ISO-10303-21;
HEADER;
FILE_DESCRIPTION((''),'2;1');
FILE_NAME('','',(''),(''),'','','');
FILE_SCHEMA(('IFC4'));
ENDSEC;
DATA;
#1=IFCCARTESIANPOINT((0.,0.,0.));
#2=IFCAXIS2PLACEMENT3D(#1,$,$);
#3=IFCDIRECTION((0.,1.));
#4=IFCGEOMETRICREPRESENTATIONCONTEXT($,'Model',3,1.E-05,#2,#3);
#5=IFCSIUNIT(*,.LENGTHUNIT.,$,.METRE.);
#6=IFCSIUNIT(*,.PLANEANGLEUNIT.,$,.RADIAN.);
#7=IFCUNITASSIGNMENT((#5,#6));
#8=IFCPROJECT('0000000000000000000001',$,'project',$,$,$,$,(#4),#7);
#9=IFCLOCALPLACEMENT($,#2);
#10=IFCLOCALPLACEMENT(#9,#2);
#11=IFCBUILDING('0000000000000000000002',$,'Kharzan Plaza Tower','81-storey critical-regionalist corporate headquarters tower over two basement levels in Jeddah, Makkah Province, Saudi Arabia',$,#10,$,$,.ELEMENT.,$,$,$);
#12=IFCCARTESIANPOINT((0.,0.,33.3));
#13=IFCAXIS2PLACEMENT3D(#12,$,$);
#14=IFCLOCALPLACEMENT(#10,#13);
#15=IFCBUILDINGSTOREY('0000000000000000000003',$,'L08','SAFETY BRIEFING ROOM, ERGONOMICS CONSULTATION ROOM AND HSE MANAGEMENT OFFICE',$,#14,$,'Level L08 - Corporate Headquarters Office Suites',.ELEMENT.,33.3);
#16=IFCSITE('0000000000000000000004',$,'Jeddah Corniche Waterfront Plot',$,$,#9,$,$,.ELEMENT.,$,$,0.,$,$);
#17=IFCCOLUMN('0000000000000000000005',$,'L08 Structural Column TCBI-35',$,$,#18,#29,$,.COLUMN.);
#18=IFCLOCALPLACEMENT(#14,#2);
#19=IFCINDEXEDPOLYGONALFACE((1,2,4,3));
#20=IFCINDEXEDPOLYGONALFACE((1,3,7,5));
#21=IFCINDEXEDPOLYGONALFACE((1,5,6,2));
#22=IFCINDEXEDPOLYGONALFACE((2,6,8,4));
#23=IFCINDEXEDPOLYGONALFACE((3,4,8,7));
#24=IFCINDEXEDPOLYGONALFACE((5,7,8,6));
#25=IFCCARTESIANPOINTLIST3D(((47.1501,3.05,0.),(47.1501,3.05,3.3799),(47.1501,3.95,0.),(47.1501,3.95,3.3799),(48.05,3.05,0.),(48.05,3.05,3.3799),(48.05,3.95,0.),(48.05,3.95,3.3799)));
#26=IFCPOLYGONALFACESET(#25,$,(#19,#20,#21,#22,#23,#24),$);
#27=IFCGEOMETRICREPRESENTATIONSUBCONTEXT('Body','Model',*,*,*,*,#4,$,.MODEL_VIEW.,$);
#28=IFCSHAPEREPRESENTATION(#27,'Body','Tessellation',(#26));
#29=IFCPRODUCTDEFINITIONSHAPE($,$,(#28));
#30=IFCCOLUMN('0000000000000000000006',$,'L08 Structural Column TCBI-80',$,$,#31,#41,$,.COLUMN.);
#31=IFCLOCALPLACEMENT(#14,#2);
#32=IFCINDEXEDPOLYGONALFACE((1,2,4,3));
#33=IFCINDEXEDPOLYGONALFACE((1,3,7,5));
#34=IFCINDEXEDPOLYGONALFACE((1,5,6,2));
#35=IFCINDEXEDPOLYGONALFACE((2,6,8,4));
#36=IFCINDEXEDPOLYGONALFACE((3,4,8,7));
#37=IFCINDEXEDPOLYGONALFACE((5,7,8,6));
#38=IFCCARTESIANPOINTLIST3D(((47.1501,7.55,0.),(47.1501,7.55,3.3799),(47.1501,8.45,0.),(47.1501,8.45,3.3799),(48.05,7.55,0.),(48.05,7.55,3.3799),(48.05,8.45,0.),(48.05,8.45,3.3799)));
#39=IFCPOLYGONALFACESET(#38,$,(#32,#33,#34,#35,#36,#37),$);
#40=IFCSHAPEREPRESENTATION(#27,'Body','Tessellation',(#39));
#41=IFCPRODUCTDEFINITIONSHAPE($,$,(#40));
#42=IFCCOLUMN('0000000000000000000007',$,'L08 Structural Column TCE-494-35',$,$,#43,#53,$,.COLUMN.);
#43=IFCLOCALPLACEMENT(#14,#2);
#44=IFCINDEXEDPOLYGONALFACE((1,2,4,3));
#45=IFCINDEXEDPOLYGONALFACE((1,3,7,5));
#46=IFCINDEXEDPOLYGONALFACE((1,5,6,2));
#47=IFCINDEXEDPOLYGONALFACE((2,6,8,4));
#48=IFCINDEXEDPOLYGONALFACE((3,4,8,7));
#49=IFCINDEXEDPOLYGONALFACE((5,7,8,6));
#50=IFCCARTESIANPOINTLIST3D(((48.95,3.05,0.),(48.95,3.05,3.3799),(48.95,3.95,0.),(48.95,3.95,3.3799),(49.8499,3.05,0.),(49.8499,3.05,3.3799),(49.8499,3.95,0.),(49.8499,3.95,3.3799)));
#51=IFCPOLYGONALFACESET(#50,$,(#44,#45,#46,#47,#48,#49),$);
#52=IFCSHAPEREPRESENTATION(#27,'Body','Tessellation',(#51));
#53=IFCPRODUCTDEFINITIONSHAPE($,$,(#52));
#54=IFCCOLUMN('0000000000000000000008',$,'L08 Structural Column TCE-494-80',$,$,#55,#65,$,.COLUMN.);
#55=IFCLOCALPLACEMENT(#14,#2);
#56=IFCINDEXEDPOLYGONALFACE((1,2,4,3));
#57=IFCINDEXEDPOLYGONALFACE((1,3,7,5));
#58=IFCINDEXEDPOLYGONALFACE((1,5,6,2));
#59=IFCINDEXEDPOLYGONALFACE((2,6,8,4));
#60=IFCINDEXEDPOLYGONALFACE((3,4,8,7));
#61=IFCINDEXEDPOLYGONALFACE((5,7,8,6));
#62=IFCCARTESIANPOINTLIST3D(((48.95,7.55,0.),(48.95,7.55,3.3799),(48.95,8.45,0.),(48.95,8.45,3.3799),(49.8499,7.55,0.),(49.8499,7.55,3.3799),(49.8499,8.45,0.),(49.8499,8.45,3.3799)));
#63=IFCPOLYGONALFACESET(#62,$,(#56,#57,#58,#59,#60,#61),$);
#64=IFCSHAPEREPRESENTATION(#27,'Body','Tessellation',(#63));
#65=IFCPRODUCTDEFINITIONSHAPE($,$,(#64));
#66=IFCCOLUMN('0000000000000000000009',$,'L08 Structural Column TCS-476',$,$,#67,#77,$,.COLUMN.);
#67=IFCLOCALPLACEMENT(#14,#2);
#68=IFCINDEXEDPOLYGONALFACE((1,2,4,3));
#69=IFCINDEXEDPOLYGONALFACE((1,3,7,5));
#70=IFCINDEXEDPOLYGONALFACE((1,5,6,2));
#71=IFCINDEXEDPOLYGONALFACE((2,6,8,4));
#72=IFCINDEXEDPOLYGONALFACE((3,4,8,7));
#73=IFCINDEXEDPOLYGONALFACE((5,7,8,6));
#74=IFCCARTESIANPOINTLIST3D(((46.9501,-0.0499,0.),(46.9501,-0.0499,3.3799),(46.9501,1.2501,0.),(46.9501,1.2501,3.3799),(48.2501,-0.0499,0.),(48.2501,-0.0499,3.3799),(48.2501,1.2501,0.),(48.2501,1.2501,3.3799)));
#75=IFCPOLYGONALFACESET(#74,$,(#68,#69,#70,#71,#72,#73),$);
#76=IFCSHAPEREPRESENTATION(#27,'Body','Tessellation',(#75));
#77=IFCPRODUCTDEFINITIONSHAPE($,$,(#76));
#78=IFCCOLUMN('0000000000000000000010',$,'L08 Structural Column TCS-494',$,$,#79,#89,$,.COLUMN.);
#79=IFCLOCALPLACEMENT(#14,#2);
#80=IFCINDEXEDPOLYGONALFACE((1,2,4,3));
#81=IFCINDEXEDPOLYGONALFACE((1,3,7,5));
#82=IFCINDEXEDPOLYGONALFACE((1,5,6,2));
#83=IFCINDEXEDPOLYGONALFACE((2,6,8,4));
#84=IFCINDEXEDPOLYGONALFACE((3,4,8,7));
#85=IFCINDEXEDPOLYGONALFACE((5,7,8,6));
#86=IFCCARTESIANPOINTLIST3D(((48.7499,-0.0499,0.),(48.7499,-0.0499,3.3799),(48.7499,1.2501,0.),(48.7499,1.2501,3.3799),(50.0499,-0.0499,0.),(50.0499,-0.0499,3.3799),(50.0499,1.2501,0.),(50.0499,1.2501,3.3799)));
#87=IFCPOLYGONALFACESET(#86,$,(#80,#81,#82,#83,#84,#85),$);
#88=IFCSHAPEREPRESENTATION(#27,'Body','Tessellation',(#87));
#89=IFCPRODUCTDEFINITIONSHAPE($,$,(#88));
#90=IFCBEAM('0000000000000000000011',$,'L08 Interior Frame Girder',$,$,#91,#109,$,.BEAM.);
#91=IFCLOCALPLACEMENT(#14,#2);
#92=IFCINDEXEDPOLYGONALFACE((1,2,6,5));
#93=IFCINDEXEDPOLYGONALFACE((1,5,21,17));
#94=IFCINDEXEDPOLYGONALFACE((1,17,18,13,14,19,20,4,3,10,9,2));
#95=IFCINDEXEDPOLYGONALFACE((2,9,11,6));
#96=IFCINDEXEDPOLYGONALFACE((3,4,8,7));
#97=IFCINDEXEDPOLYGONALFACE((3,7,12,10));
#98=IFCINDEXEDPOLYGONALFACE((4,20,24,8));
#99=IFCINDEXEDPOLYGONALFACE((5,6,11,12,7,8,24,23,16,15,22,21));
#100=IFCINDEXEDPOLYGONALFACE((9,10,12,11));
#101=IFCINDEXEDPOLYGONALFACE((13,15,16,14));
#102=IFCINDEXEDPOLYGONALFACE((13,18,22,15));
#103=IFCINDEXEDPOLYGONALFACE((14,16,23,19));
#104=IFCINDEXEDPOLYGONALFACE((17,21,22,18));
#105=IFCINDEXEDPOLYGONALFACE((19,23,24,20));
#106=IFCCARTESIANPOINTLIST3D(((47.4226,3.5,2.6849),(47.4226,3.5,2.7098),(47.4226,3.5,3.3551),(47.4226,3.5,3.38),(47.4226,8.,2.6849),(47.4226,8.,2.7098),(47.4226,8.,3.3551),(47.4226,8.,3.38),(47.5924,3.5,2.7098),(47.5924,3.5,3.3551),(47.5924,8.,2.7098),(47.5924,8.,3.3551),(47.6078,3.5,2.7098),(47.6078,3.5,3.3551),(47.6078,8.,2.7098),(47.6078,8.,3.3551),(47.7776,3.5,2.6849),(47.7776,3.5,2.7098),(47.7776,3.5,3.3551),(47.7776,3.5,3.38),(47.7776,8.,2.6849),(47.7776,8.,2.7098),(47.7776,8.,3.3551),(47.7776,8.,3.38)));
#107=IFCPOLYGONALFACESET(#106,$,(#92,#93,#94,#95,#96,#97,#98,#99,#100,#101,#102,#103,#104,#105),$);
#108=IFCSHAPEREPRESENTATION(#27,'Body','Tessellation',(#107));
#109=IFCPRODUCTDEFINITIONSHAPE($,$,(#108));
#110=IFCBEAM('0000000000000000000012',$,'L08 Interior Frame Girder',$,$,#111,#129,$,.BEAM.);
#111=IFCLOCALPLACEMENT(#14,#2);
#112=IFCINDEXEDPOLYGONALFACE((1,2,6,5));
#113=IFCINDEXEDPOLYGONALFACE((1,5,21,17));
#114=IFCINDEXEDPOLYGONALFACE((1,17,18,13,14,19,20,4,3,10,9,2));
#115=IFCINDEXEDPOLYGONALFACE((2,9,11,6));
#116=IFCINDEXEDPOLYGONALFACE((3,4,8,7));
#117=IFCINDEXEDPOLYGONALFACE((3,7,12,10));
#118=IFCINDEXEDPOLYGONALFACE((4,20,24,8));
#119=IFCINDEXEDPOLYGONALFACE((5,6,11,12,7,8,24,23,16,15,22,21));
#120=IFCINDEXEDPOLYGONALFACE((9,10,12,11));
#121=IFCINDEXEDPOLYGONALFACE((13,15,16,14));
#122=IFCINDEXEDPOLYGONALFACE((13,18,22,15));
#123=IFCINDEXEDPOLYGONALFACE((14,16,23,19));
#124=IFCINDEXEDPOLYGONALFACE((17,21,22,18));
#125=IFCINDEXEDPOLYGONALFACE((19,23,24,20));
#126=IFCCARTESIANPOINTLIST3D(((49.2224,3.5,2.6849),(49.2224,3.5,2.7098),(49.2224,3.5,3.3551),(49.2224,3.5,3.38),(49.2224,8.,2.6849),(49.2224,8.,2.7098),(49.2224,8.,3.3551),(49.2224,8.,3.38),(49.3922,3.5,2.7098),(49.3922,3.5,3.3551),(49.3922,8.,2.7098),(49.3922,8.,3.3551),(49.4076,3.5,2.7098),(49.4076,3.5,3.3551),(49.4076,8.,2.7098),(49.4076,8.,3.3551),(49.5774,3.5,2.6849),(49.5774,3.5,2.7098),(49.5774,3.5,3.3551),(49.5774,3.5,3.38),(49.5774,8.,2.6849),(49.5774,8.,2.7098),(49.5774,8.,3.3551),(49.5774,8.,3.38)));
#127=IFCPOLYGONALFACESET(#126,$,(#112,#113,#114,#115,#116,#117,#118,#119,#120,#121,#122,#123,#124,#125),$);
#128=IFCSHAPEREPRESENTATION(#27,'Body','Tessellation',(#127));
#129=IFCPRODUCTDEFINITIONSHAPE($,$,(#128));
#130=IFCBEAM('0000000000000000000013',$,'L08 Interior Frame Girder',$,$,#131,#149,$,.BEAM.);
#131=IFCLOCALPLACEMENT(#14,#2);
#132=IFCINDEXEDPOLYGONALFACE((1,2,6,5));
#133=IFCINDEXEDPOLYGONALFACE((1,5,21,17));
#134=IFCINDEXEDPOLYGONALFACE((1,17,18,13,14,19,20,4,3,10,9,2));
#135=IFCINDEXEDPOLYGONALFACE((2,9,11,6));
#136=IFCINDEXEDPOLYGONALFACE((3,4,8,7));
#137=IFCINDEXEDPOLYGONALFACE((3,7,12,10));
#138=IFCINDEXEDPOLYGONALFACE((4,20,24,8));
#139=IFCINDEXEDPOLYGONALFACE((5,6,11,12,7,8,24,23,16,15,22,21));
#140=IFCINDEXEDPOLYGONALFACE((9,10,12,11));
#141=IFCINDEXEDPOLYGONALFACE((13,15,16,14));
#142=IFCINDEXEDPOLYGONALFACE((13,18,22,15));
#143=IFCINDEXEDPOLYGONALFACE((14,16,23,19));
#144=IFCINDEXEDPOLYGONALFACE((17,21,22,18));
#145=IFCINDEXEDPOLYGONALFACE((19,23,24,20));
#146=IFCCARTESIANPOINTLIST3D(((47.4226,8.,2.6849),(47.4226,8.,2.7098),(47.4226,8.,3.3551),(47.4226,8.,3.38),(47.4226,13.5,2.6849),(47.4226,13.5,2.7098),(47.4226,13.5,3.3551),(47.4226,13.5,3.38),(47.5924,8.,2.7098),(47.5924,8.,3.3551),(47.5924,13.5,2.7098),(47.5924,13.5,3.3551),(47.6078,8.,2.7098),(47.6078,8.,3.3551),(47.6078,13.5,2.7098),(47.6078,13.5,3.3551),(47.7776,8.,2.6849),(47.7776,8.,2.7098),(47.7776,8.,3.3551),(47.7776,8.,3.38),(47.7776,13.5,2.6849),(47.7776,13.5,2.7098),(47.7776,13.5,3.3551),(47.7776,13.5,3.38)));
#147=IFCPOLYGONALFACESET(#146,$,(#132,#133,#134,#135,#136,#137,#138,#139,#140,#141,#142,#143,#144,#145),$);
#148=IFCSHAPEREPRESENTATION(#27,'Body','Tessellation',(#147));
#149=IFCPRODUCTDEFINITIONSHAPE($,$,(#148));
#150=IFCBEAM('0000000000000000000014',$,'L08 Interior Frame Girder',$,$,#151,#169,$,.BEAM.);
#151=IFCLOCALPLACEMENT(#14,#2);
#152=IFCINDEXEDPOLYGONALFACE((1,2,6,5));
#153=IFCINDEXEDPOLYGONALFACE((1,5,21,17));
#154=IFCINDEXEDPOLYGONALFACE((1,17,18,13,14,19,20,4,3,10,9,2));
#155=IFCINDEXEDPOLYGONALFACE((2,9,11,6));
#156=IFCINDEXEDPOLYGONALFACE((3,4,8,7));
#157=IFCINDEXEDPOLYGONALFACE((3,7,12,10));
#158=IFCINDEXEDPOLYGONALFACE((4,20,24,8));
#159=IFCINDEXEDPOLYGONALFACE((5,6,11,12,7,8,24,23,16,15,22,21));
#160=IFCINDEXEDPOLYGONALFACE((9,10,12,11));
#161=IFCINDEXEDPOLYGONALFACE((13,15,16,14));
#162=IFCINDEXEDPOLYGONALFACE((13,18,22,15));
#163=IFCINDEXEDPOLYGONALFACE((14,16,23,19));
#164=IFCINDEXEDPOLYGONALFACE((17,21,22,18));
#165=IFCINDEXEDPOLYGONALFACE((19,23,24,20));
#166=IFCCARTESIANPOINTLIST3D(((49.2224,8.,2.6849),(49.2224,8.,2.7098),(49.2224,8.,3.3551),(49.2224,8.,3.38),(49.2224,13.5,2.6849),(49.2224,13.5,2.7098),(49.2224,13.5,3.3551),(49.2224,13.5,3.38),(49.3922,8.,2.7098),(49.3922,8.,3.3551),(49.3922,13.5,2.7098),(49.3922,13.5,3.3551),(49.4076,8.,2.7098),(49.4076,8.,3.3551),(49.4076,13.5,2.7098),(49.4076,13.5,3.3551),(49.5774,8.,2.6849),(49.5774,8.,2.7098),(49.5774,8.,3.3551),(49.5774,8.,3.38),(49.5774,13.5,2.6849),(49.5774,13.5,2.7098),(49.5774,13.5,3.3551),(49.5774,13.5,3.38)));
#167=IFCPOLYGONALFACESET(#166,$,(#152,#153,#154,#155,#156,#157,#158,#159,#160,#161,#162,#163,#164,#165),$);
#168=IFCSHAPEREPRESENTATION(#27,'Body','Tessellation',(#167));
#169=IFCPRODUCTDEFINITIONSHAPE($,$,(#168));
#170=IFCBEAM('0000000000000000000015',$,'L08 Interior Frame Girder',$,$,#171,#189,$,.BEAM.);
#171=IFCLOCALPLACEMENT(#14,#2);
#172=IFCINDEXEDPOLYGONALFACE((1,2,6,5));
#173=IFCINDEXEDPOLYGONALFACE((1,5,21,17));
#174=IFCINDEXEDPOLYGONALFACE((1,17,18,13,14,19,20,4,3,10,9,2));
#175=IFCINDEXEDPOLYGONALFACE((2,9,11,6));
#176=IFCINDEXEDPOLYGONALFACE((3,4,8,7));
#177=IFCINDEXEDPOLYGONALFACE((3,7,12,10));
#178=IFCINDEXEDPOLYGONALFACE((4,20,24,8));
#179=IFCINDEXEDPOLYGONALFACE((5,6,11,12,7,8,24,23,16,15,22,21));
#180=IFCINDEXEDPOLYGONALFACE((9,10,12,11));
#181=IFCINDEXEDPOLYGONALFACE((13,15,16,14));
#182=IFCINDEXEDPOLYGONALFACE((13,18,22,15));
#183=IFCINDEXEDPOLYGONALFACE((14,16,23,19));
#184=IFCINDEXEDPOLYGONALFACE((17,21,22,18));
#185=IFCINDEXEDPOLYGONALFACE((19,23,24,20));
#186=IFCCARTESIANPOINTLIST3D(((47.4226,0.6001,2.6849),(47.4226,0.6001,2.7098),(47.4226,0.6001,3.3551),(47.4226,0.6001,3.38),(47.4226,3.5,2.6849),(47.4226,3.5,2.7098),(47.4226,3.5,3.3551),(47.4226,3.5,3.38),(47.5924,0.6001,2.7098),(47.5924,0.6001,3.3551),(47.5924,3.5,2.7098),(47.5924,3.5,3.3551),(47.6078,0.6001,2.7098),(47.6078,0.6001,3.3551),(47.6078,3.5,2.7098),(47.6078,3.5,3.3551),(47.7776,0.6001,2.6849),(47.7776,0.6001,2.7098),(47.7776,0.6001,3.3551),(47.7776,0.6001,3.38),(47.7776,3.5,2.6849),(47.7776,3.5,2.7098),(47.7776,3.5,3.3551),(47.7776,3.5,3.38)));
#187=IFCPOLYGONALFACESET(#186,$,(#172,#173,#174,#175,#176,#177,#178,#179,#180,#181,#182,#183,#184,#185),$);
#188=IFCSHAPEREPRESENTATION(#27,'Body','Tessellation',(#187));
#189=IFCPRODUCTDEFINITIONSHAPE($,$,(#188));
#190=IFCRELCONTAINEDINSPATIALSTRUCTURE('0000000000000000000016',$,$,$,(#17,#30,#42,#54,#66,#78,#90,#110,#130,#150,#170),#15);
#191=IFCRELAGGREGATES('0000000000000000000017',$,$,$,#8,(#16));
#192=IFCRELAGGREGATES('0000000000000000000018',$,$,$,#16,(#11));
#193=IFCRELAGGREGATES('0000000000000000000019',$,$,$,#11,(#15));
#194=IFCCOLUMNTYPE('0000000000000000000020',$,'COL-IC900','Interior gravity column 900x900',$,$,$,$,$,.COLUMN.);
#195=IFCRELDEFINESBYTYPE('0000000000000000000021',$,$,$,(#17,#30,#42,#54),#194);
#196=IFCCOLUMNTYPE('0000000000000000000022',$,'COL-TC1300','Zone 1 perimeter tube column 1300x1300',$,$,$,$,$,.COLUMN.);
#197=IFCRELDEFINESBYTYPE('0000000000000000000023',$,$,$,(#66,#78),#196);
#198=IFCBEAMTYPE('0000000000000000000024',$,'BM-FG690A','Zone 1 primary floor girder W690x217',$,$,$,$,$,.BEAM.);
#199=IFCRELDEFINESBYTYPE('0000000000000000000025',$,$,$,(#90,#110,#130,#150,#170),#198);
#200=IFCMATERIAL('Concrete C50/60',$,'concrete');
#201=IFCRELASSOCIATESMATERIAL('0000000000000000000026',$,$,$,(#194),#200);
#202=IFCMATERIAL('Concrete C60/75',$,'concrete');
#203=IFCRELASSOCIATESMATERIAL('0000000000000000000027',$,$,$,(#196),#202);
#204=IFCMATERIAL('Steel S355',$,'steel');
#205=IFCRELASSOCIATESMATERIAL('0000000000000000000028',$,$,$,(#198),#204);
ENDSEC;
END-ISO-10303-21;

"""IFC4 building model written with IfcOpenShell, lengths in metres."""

from ifc_helpers import new_model, si_unit, direction, frame, origin, origin_2d, place, context, subcontext, project, spatial, rectangle, i_section, extrude, source, transform, mapped, material, material_profile, profile_set, type_object, element, save


model = new_model("IFC4")

# Units and contexts
model_context = context("Model", 3, precision=1e-05, world=origin(), true_north=direction((0.0, 1.0)))
body_context = subcontext(model_context, "Body", "Model", "MODEL_VIEW")
ifc_project = project(units=[si_unit("LENGTHUNIT", "METRE"), si_unit("PLANEANGLEUNIT", "RADIAN")], contexts=[model_context])

# Site, building, storey
site_placement = place(None, origin())
site = spatial("IfcSite", under=ifc_project, at=site_placement, Name="Jeddah Corniche Waterfront Plot", CompositionType="ELEMENT", RefElevation=0.0)
building_placement = place(site_placement, origin())
building = spatial("IfcBuilding", under=site, at=building_placement, Name="Kharzan Plaza Tower", Description="81-storey critical-regionalist corporate headquarters tower over two basement levels in Jeddah, Makkah Province, Saudi Arabia", CompositionType="ELEMENT")
storey_placement = place(building_placement, frame((0.0, 0.0, 33.3)))
storey = spatial("IfcBuildingStorey", under=building, at=storey_placement, Name="L08", Description="SAFETY BRIEFING ROOM, ERGONOMICS CONSULTATION ROOM AND HSE MANAGEMENT OFFICE", LongName="Level L08 - Corporate Headquarters Office Suites", CompositionType="ELEMENT", Elevation=33.3)

# Columns
ifc_material_1 = material(Name="Concrete C50/60", Category="concrete")
ifc_material_profile_1 = material_profile(ifc_material_1, rectangle(XDim=0.8999, YDim=0.8999, at=origin_2d()), Name="RC-IC900x900")
ifc_profile_set_1 = profile_set([ifc_material_profile_1], Name="Concrete C50/60")
column_type_1 = type_object("IfcColumnType", Name="COL-IC900", Description="Interior gravity column 900x900", PredefinedType="COLUMN", material=ifc_profile_set_1)
shared_shape_1 = source(origin(), body_context, "Body", "SweptSolid", [
    extrude(rectangle(XDim=0.8999, YDim=0.8999, at=origin_2d()), origin(), (0.0, 0.0, 1.0), 3.3799),
])
for number, where, z_axis, x_axis, name in (
    (1, (47.6001, 3.5, 0.0), (0.0, 0.0, 1.0), (1.0, 0.0, 0.0), "L08 Structural Column TCBI-35"),
    (2, (47.6001, 8.0, 0.0), (0.0, 0.0, 1.0), (1.0, 0.0, 0.0), "L08 Structural Column TCBI-80"),
    (3, (49.3999, 3.5, 0.0), (0.0, 0.0, 1.0), (1.0, 0.0, 0.0), "L08 Structural Column TCE-494-35"),
    (4, (49.3999, 8.0, 0.0), (0.0, 0.0, 1.0), (1.0, 0.0, 0.0), "L08 Structural Column TCE-494-80"),
):
    element("IfcColumn", number, at=place(storey_placement, frame(where, z_axis=z_axis, x_axis=x_axis)), inside=storey, type_object=column_type_1, Name=name, PredefinedType="COLUMN", context=body_context, shape_type="MappedRepresentation", body=[
        mapped(shared_shape_1, transform((0.0, 0.0, 0.0), x_axis=(1.0, 0.0, 0.0), y_axis=(0.0, 1.0, 0.0), z_axis=(0.0, 0.0, 1.0))),
    ])
ifc_material_2 = material(Name="Concrete C60/75", Category="concrete")
ifc_material_profile_2 = material_profile(ifc_material_2, rectangle(XDim=1.3, YDim=1.3, at=origin_2d()), Name="RC-TC1300x1300")
ifc_profile_set_2 = profile_set([ifc_material_profile_2], Name="Concrete C60/75")
column_type_2 = type_object("IfcColumnType", Name="COL-TC1300", Description="Zone 1 perimeter tube column 1300x1300", PredefinedType="COLUMN", material=ifc_profile_set_2)
shared_shape_2 = source(origin(), body_context, "Body", "SweptSolid", [
    extrude(rectangle(XDim=1.3, YDim=1.3, at=origin_2d()), origin(), (0.0, 0.0, 1.0), 3.3799),
])
for number, where, z_axis, x_axis, name in (
    (5, (47.6001, 0.6001, 0.0), (0.0, 0.0, 1.0), (1.0, 0.0, 0.0), "L08 Structural Column TCS-476"),
    (6, (49.3999, 0.6001, 0.0), (0.0, 0.0, 1.0), (1.0, 0.0, 0.0), "L08 Structural Column TCS-494"),
):
    element("IfcColumn", number, at=place(storey_placement, frame(where, z_axis=z_axis, x_axis=x_axis)), inside=storey, type_object=column_type_2, Name=name, PredefinedType="COLUMN", context=body_context, shape_type="MappedRepresentation", body=[
        mapped(shared_shape_2, transform((0.0, 0.0, 0.0), x_axis=(1.0, 0.0, 0.0), y_axis=(0.0, 1.0, 0.0), z_axis=(0.0, 0.0, 1.0))),
    ])

# Beams
ifc_material_3 = material(Name="Steel S355", Category="steel")
ifc_material_profile_3 = material_profile(ifc_material_3, i_section(OverallWidth=0.355, OverallDepth=0.6951, WebThickness=0.0154, FlangeThickness=0.0249, at=origin_2d()), Name="W690x217")
ifc_profile_set_3 = profile_set([ifc_material_profile_3], Name="Steel S355")
beam_type_1 = type_object("IfcBeamType", Name="BM-FG690A", Description="Zone 1 primary floor girder W690x217", PredefinedType="BEAM", material=ifc_profile_set_3)
shared_shape_3 = source(origin(), body_context, "Body", "SweptSolid", [
    extrude(i_section(OverallWidth=0.355, OverallDepth=0.6951, WebThickness=0.0154, FlangeThickness=0.0249, at=origin_2d()), origin(), (0.0, 0.0, 1.0), 4.5),
])
for number, where, z_axis, x_axis, name in (
    (7, (47.6001, 3.5, 3.0325), (0.0, 1.0, 0.0), (-1.0, 0.0, 0.0), "L08 Interior Frame Girder"),
    (8, (49.3999, 3.5, 3.0325), (0.0, 1.0, 0.0), (-1.0, 0.0, 0.0), "L08 Interior Frame Girder"),
):
    element("IfcBeam", number, at=place(storey_placement, frame(where, z_axis=z_axis, x_axis=x_axis)), inside=storey, type_object=beam_type_1, Name=name, PredefinedType="BEAM", context=body_context, shape_type="MappedRepresentation", body=[
        mapped(shared_shape_3, transform((0.0, 0.0, 0.0), x_axis=(1.0, 0.0, 0.0), y_axis=(0.0, 1.0, 0.0), z_axis=(0.0, 0.0, 1.0))),
    ])
shared_shape_4 = source(origin(), body_context, "Body", "SweptSolid", [
    extrude(i_section(OverallWidth=0.355, OverallDepth=0.6951, WebThickness=0.0154, FlangeThickness=0.0249, at=origin_2d()), origin(), (0.0, 0.0, 1.0), 5.5),
])
for number, where, z_axis, x_axis, name in (
    (9, (47.6001, 8.0, 3.0325), (0.0, 1.0, 0.0), (-1.0, 0.0, 0.0), "L08 Interior Frame Girder"),
    (10, (49.3999, 8.0, 3.0325), (0.0, 1.0, 0.0), (-1.0, 0.0, 0.0), "L08 Interior Frame Girder"),
):
    element("IfcBeam", number, at=place(storey_placement, frame(where, z_axis=z_axis, x_axis=x_axis)), inside=storey, type_object=beam_type_1, Name=name, PredefinedType="BEAM", context=body_context, shape_type="MappedRepresentation", body=[
        mapped(shared_shape_4, transform((0.0, 0.0, 0.0), x_axis=(1.0, 0.0, 0.0), y_axis=(0.0, 1.0, 0.0), z_axis=(0.0, 0.0, 1.0))),
    ])
shared_shape_5 = source(origin(), body_context, "Body", "SweptSolid", [
    extrude(i_section(OverallWidth=0.355, OverallDepth=0.6951, WebThickness=0.0154, FlangeThickness=0.0249, at=origin_2d()), origin(), (0.0, 0.0, 1.0), 2.8999),
])
for number, where, z_axis, x_axis, name in (
    (11, (47.6001, 0.6001, 3.0325), (0.0, 1.0, 0.0), (-1.0, 0.0, 0.0), "L08 Interior Frame Girder"),
):
    element("IfcBeam", number, at=place(storey_placement, frame(where, z_axis=z_axis, x_axis=x_axis)), inside=storey, type_object=beam_type_1, Name=name, PredefinedType="BEAM", context=body_context, shape_type="MappedRepresentation", body=[
        mapped(shared_shape_5, transform((0.0, 0.0, 0.0), x_axis=(1.0, 0.0, 0.0), y_axis=(0.0, 1.0, 0.0), z_axis=(0.0, 0.0, 1.0))),
    ])

save(model, "model.ifc")
